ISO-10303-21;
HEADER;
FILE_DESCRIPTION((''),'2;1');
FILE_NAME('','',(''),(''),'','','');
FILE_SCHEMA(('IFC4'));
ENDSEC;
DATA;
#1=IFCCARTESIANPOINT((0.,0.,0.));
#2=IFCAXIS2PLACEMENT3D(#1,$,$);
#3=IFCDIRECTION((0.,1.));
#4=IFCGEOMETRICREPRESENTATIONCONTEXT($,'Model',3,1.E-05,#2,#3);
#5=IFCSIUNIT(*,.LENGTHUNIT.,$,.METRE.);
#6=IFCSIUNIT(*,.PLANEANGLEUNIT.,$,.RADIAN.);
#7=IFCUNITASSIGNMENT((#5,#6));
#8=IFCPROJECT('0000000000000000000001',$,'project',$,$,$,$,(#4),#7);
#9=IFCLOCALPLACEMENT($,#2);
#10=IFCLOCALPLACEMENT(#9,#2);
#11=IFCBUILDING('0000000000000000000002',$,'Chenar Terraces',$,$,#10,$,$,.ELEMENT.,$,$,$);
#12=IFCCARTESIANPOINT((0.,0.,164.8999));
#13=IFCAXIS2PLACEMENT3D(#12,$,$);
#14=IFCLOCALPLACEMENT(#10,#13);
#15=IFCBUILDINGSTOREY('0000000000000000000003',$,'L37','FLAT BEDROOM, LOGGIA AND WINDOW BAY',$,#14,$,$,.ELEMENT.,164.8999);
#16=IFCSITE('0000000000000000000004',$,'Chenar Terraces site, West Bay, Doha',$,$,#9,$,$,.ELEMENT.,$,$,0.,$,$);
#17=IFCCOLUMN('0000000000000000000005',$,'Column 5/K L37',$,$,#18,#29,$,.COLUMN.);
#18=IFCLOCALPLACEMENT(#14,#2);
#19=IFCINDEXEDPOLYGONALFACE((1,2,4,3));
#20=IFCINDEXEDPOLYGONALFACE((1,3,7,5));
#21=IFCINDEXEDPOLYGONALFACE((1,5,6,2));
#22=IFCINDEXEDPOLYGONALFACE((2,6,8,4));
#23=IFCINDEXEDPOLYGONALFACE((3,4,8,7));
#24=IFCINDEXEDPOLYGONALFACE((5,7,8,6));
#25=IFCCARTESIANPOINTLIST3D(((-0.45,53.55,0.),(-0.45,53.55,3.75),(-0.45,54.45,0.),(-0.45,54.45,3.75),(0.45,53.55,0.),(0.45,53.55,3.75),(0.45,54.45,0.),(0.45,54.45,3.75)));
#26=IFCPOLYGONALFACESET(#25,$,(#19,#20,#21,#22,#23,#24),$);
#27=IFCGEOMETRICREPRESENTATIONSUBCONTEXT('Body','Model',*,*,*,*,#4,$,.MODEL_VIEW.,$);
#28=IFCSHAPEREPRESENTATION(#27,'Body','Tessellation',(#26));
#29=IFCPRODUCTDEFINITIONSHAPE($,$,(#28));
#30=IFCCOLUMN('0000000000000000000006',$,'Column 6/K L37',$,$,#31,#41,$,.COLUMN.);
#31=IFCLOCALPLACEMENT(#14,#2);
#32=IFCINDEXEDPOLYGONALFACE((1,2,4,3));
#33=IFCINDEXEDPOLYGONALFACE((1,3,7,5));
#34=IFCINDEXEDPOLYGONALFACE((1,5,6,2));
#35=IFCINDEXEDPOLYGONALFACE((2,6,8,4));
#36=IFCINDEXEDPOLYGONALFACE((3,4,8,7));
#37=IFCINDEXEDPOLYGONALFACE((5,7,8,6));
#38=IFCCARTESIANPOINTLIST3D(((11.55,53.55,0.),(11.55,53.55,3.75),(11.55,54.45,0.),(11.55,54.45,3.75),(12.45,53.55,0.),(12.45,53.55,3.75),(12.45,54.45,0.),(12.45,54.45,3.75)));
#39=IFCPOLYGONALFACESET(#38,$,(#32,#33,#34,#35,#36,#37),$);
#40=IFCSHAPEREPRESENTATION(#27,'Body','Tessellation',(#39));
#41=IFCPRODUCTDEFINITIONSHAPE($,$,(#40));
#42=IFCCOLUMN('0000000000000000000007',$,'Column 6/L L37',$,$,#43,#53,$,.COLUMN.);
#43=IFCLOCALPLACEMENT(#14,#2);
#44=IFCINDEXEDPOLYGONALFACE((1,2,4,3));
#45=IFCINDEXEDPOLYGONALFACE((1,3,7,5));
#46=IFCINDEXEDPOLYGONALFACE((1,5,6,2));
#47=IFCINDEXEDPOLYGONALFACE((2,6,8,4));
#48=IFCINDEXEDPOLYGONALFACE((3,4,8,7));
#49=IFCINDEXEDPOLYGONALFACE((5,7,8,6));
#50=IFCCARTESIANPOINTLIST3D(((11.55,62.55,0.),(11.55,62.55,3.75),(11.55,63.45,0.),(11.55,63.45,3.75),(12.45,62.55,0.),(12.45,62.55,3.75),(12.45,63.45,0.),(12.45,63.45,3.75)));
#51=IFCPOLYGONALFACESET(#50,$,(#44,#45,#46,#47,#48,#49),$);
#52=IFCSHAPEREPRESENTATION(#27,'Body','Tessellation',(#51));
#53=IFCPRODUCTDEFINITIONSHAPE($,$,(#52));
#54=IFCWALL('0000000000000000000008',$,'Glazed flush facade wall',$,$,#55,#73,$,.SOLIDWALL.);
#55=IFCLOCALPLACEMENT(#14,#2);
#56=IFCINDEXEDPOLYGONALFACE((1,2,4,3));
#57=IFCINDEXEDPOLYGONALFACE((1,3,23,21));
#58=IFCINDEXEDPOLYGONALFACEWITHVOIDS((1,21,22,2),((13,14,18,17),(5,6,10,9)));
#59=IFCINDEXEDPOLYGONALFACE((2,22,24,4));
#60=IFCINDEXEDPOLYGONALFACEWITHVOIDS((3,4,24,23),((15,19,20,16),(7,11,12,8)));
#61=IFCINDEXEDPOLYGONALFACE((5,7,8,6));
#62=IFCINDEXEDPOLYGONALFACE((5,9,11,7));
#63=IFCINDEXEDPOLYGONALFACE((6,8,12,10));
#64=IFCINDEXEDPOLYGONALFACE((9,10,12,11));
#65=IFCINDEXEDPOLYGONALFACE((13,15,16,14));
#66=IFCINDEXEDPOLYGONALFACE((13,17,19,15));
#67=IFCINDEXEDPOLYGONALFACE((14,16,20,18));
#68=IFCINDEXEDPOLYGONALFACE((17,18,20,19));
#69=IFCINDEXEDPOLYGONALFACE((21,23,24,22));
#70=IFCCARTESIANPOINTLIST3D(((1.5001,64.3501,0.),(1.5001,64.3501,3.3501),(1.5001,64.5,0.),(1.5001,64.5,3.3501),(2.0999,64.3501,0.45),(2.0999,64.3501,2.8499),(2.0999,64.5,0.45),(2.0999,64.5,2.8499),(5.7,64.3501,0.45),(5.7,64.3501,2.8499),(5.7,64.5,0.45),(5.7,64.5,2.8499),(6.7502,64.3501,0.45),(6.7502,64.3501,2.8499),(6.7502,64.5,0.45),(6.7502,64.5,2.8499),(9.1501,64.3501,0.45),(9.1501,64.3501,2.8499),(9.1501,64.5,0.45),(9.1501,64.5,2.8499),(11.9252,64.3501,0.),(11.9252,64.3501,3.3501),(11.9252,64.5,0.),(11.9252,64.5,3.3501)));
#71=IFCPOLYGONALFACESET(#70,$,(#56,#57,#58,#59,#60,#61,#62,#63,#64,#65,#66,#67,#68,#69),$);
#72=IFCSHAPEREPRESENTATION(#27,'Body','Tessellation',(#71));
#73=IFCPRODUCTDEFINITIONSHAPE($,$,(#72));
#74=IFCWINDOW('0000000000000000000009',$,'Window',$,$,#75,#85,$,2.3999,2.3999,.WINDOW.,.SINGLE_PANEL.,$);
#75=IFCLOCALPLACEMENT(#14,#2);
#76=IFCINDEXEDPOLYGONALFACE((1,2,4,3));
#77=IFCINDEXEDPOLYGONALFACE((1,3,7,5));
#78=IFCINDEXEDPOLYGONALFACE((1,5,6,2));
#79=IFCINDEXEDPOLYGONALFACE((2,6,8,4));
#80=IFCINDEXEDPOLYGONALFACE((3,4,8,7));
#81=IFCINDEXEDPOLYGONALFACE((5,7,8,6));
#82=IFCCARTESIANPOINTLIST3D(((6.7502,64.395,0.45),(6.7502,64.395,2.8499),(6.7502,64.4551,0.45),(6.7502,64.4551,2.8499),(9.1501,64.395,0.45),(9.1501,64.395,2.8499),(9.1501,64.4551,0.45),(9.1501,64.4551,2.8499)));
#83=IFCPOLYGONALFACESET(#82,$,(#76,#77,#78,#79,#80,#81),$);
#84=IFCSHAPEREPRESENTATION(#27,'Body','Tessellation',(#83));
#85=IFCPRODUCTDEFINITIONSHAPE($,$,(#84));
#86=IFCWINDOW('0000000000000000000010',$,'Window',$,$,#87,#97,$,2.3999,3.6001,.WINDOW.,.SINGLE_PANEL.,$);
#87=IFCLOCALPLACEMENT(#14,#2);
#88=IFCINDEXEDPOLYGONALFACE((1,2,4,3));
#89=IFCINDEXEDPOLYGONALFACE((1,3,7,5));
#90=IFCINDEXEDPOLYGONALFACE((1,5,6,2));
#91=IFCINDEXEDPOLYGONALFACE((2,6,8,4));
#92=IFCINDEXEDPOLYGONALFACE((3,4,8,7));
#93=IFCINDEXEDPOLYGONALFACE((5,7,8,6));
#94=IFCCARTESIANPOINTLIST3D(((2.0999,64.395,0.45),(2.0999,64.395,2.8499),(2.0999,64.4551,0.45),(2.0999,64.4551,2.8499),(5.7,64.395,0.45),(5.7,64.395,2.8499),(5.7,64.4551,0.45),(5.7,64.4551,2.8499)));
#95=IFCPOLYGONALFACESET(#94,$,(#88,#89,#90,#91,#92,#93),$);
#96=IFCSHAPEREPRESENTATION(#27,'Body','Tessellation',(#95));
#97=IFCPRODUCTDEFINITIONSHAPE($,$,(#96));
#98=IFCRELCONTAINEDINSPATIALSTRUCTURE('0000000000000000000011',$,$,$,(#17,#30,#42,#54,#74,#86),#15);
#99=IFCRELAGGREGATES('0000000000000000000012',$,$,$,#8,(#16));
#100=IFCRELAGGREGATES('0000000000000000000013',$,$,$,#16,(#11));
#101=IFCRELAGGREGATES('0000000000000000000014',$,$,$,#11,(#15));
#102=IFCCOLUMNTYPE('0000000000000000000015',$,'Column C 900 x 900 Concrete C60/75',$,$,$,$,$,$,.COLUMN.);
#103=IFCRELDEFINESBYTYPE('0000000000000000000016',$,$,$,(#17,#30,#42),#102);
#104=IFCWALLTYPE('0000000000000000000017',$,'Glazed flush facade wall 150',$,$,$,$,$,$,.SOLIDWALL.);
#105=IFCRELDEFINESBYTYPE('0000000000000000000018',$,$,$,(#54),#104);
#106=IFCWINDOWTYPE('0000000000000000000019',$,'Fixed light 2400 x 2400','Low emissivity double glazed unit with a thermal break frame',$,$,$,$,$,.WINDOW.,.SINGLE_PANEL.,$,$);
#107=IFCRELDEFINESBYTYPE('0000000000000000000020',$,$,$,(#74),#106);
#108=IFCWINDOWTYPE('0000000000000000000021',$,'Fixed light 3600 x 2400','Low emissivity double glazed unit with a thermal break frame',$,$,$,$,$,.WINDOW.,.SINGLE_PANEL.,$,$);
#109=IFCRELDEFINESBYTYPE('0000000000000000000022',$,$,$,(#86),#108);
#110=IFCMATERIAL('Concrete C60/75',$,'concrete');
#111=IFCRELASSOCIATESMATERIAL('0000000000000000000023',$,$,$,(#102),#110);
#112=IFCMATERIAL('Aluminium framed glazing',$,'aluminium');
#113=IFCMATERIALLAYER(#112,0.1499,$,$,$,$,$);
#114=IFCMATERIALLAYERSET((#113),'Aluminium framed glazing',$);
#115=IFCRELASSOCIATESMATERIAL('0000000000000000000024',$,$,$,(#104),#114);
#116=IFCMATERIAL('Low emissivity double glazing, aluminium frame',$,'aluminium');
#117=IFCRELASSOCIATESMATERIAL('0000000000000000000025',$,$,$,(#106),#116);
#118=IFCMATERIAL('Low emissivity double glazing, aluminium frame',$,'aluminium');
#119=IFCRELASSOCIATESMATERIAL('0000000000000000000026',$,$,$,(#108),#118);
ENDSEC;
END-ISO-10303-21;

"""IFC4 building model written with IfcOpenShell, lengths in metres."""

from ifc_helpers import new_model, si_unit, direction, frame, frame_2d, origin, origin_2d, place, context, subcontext, project, spatial, rectangle, extrude, material, layer, layer_set, material_profile, profile_set, type_object, element, fill, save


model = new_model("IFC4")

# Units and contexts
model_context = context("Model", 3, precision=1e-05, world=origin(), true_north=direction((0.0, 1.0)))
body_context = subcontext(model_context, "Body", "Model", "MODEL_VIEW")
ifc_project = project(units=[si_unit("LENGTHUNIT", "METRE"), si_unit("PLANEANGLEUNIT", "RADIAN")], contexts=[model_context])

# Site, building, storey
site_placement = place(None, origin())
site = spatial("IfcSite", under=ifc_project, at=site_placement, Name="Chenar Terraces site, West Bay, Doha", CompositionType="ELEMENT", RefElevation=0.0)
building_placement = place(site_placement, origin())
building = spatial("IfcBuilding", under=site, at=building_placement, Name="Chenar Terraces", CompositionType="ELEMENT")
storey_placement = place(building_placement, frame((0.0, 0.0, 164.8999)))
storey = spatial("IfcBuildingStorey", under=building, at=storey_placement, Name="L37", Description="FLAT BEDROOM, LOGGIA AND WINDOW BAY", CompositionType="ELEMENT", Elevation=164.8999)

# Columns
ifc_material_1 = material(Name="Concrete C60/75", Category="concrete")
ifc_material_profile_1 = material_profile(ifc_material_1, rectangle(XDim=0.8999, YDim=0.8999, at=origin_2d()), Name="C 900 x 900")
ifc_profile_set_1 = profile_set([ifc_material_profile_1], Name="Concrete C60/75")
column_type = type_object("IfcColumnType", Name="Column C 900 x 900 Concrete C60/75", PredefinedType="COLUMN", material=ifc_profile_set_1)
for number, where, z_axis, x_axis, name in (
    (1, (0.0, 54.0, 0.0), (0.0, 0.0, 1.0), (1.0, 0.0, 0.0), "Column 5/K L37"),
    (2, (12.0, 54.0, 0.0), (0.0, 0.0, 1.0), (1.0, 0.0, 0.0), "Column 6/K L37"),
    (3, (12.0, 63.0, 0.0), (0.0, 0.0, 1.0), (1.0, 0.0, 0.0), "Column 6/L L37"),
):
    element("IfcColumn", number, at=place(storey_placement, frame(where, z_axis=z_axis, x_axis=x_axis)), inside=storey, type_object=column_type, Name=name, PredefinedType="COLUMN", context=body_context, shape_type="SweptSolid", body=[
        extrude(rectangle(XDim=0.8999, YDim=0.8999, at=origin_2d()), origin(), (0.0, 0.0, 1.0), 3.75),
    ])

# Wall, openings, windows
ifc_material_2 = material(Name="Aluminium framed glazing", Category="aluminium")
ifc_layer_1 = layer(ifc_material_2, 0.1499)
ifc_layer_set_1 = layer_set([ifc_layer_1], Name="Aluminium framed glazing")
wall_type_1 = type_object("IfcWallType", Name="Glazed flush facade wall 150", PredefinedType="SOLIDWALL", material=ifc_layer_set_1)
wall_1_placement = place(storey_placement, frame((11.925, 64.425, 0.0), z_axis=(0.0, 0.0, 1.0), x_axis=(-1.0, 0.0, 0.0)))
wall_1 = element("IfcWall", 4, at=wall_1_placement, inside=storey, type_object=wall_type_1, Name="Glazed flush facade wall", PredefinedType="SOLIDWALL", context=body_context, shape_type="SweptSolid", body=[
    extrude(rectangle(XDim=10.425, YDim=0.1499, at=frame_2d((5.2124, 0.0))), origin(), (0.0, 0.0, 1.0), 3.3501),
])
opening_1_placement = place(wall_1_placement, frame((2.7749, 0.0, 0.45)))
opening_1 = element("IfcOpeningElement", 5, at=opening_1_placement, cuts=wall_1, PredefinedType="OPENING", context=body_context, shape_type="SweptSolid", body=[
    extrude(rectangle(XDim=2.3999, YDim=2.3999, at=frame_2d((1.2, 1.2))), frame((0.0, 0.085, 0.0), z_axis=(0.0, -1.0, 0.0), x_axis=(1.0, 0.0, 0.0)), (0.0, 0.0, 1.0), 0.1699),
])
opening_2_placement = place(wall_1_placement, frame((6.2251, 0.0, 0.45)))
opening_2 = element("IfcOpeningElement", 6, at=opening_2_placement, cuts=wall_1, PredefinedType="OPENING", context=body_context, shape_type="SweptSolid", body=[
    extrude(rectangle(XDim=3.6001, YDim=2.3999, at=frame_2d((1.8, 1.2))), frame((0.0, 0.085, 0.0), z_axis=(0.0, -1.0, 0.0), x_axis=(1.0, 0.0, 0.0)), (0.0, 0.0, 1.0), 0.1699),
])
ifc_material_3 = material(Name="Low emissivity double glazing, aluminium frame", Category="aluminium")
window_type_1 = type_object("IfcWindowType", Name="Fixed light 2400 x 2400", Description="Low emissivity double glazed unit with a thermal break frame", PartitioningType="SINGLE_PANEL", PredefinedType="WINDOW", material=ifc_material_3)
window_1_placement = place(opening_1_placement, origin())
window_1 = element("IfcWindow", 7, at=window_1_placement, inside=storey, type_object=window_type_1, Name="Window", OverallHeight=2.3999, OverallWidth=2.3999, PartitioningType="SINGLE_PANEL", PredefinedType="WINDOW", context=body_context, shape_type="SweptSolid", body=[
    extrude(rectangle(XDim=2.3999, YDim=2.3999, at=frame_2d((1.2, 1.2))), frame((0.0, 0.03, 0.0), z_axis=(0.0, -1.0, 0.0), x_axis=(1.0, 0.0, 0.0)), (0.0, 0.0, 1.0), 0.0601),
])
fill(opening_1, window_1)
ifc_material_4 = material(Name="Low emissivity double glazing, aluminium frame", Category="aluminium")
window_type_2 = type_object("IfcWindowType", Name="Fixed light 3600 x 2400", Description="Low emissivity double glazed unit with a thermal break frame", PartitioningType="SINGLE_PANEL", PredefinedType="WINDOW", material=ifc_material_4)
window_2_placement = place(opening_2_placement, origin())
window_2 = element("IfcWindow", 8, at=window_2_placement, inside=storey, type_object=window_type_2, Name="Window", OverallHeight=2.3999, OverallWidth=3.6001, PartitioningType="SINGLE_PANEL", PredefinedType="WINDOW", context=body_context, shape_type="SweptSolid", body=[
    extrude(rectangle(XDim=3.6001, YDim=2.3999, at=frame_2d((1.8, 1.2))), frame((0.0, 0.03, 0.0), z_axis=(0.0, -1.0, 0.0), x_axis=(1.0, 0.0, 0.0)), (0.0, 0.0, 1.0), 0.0601),
])
fill(opening_2, window_2)

save(model, "model.ifc")
